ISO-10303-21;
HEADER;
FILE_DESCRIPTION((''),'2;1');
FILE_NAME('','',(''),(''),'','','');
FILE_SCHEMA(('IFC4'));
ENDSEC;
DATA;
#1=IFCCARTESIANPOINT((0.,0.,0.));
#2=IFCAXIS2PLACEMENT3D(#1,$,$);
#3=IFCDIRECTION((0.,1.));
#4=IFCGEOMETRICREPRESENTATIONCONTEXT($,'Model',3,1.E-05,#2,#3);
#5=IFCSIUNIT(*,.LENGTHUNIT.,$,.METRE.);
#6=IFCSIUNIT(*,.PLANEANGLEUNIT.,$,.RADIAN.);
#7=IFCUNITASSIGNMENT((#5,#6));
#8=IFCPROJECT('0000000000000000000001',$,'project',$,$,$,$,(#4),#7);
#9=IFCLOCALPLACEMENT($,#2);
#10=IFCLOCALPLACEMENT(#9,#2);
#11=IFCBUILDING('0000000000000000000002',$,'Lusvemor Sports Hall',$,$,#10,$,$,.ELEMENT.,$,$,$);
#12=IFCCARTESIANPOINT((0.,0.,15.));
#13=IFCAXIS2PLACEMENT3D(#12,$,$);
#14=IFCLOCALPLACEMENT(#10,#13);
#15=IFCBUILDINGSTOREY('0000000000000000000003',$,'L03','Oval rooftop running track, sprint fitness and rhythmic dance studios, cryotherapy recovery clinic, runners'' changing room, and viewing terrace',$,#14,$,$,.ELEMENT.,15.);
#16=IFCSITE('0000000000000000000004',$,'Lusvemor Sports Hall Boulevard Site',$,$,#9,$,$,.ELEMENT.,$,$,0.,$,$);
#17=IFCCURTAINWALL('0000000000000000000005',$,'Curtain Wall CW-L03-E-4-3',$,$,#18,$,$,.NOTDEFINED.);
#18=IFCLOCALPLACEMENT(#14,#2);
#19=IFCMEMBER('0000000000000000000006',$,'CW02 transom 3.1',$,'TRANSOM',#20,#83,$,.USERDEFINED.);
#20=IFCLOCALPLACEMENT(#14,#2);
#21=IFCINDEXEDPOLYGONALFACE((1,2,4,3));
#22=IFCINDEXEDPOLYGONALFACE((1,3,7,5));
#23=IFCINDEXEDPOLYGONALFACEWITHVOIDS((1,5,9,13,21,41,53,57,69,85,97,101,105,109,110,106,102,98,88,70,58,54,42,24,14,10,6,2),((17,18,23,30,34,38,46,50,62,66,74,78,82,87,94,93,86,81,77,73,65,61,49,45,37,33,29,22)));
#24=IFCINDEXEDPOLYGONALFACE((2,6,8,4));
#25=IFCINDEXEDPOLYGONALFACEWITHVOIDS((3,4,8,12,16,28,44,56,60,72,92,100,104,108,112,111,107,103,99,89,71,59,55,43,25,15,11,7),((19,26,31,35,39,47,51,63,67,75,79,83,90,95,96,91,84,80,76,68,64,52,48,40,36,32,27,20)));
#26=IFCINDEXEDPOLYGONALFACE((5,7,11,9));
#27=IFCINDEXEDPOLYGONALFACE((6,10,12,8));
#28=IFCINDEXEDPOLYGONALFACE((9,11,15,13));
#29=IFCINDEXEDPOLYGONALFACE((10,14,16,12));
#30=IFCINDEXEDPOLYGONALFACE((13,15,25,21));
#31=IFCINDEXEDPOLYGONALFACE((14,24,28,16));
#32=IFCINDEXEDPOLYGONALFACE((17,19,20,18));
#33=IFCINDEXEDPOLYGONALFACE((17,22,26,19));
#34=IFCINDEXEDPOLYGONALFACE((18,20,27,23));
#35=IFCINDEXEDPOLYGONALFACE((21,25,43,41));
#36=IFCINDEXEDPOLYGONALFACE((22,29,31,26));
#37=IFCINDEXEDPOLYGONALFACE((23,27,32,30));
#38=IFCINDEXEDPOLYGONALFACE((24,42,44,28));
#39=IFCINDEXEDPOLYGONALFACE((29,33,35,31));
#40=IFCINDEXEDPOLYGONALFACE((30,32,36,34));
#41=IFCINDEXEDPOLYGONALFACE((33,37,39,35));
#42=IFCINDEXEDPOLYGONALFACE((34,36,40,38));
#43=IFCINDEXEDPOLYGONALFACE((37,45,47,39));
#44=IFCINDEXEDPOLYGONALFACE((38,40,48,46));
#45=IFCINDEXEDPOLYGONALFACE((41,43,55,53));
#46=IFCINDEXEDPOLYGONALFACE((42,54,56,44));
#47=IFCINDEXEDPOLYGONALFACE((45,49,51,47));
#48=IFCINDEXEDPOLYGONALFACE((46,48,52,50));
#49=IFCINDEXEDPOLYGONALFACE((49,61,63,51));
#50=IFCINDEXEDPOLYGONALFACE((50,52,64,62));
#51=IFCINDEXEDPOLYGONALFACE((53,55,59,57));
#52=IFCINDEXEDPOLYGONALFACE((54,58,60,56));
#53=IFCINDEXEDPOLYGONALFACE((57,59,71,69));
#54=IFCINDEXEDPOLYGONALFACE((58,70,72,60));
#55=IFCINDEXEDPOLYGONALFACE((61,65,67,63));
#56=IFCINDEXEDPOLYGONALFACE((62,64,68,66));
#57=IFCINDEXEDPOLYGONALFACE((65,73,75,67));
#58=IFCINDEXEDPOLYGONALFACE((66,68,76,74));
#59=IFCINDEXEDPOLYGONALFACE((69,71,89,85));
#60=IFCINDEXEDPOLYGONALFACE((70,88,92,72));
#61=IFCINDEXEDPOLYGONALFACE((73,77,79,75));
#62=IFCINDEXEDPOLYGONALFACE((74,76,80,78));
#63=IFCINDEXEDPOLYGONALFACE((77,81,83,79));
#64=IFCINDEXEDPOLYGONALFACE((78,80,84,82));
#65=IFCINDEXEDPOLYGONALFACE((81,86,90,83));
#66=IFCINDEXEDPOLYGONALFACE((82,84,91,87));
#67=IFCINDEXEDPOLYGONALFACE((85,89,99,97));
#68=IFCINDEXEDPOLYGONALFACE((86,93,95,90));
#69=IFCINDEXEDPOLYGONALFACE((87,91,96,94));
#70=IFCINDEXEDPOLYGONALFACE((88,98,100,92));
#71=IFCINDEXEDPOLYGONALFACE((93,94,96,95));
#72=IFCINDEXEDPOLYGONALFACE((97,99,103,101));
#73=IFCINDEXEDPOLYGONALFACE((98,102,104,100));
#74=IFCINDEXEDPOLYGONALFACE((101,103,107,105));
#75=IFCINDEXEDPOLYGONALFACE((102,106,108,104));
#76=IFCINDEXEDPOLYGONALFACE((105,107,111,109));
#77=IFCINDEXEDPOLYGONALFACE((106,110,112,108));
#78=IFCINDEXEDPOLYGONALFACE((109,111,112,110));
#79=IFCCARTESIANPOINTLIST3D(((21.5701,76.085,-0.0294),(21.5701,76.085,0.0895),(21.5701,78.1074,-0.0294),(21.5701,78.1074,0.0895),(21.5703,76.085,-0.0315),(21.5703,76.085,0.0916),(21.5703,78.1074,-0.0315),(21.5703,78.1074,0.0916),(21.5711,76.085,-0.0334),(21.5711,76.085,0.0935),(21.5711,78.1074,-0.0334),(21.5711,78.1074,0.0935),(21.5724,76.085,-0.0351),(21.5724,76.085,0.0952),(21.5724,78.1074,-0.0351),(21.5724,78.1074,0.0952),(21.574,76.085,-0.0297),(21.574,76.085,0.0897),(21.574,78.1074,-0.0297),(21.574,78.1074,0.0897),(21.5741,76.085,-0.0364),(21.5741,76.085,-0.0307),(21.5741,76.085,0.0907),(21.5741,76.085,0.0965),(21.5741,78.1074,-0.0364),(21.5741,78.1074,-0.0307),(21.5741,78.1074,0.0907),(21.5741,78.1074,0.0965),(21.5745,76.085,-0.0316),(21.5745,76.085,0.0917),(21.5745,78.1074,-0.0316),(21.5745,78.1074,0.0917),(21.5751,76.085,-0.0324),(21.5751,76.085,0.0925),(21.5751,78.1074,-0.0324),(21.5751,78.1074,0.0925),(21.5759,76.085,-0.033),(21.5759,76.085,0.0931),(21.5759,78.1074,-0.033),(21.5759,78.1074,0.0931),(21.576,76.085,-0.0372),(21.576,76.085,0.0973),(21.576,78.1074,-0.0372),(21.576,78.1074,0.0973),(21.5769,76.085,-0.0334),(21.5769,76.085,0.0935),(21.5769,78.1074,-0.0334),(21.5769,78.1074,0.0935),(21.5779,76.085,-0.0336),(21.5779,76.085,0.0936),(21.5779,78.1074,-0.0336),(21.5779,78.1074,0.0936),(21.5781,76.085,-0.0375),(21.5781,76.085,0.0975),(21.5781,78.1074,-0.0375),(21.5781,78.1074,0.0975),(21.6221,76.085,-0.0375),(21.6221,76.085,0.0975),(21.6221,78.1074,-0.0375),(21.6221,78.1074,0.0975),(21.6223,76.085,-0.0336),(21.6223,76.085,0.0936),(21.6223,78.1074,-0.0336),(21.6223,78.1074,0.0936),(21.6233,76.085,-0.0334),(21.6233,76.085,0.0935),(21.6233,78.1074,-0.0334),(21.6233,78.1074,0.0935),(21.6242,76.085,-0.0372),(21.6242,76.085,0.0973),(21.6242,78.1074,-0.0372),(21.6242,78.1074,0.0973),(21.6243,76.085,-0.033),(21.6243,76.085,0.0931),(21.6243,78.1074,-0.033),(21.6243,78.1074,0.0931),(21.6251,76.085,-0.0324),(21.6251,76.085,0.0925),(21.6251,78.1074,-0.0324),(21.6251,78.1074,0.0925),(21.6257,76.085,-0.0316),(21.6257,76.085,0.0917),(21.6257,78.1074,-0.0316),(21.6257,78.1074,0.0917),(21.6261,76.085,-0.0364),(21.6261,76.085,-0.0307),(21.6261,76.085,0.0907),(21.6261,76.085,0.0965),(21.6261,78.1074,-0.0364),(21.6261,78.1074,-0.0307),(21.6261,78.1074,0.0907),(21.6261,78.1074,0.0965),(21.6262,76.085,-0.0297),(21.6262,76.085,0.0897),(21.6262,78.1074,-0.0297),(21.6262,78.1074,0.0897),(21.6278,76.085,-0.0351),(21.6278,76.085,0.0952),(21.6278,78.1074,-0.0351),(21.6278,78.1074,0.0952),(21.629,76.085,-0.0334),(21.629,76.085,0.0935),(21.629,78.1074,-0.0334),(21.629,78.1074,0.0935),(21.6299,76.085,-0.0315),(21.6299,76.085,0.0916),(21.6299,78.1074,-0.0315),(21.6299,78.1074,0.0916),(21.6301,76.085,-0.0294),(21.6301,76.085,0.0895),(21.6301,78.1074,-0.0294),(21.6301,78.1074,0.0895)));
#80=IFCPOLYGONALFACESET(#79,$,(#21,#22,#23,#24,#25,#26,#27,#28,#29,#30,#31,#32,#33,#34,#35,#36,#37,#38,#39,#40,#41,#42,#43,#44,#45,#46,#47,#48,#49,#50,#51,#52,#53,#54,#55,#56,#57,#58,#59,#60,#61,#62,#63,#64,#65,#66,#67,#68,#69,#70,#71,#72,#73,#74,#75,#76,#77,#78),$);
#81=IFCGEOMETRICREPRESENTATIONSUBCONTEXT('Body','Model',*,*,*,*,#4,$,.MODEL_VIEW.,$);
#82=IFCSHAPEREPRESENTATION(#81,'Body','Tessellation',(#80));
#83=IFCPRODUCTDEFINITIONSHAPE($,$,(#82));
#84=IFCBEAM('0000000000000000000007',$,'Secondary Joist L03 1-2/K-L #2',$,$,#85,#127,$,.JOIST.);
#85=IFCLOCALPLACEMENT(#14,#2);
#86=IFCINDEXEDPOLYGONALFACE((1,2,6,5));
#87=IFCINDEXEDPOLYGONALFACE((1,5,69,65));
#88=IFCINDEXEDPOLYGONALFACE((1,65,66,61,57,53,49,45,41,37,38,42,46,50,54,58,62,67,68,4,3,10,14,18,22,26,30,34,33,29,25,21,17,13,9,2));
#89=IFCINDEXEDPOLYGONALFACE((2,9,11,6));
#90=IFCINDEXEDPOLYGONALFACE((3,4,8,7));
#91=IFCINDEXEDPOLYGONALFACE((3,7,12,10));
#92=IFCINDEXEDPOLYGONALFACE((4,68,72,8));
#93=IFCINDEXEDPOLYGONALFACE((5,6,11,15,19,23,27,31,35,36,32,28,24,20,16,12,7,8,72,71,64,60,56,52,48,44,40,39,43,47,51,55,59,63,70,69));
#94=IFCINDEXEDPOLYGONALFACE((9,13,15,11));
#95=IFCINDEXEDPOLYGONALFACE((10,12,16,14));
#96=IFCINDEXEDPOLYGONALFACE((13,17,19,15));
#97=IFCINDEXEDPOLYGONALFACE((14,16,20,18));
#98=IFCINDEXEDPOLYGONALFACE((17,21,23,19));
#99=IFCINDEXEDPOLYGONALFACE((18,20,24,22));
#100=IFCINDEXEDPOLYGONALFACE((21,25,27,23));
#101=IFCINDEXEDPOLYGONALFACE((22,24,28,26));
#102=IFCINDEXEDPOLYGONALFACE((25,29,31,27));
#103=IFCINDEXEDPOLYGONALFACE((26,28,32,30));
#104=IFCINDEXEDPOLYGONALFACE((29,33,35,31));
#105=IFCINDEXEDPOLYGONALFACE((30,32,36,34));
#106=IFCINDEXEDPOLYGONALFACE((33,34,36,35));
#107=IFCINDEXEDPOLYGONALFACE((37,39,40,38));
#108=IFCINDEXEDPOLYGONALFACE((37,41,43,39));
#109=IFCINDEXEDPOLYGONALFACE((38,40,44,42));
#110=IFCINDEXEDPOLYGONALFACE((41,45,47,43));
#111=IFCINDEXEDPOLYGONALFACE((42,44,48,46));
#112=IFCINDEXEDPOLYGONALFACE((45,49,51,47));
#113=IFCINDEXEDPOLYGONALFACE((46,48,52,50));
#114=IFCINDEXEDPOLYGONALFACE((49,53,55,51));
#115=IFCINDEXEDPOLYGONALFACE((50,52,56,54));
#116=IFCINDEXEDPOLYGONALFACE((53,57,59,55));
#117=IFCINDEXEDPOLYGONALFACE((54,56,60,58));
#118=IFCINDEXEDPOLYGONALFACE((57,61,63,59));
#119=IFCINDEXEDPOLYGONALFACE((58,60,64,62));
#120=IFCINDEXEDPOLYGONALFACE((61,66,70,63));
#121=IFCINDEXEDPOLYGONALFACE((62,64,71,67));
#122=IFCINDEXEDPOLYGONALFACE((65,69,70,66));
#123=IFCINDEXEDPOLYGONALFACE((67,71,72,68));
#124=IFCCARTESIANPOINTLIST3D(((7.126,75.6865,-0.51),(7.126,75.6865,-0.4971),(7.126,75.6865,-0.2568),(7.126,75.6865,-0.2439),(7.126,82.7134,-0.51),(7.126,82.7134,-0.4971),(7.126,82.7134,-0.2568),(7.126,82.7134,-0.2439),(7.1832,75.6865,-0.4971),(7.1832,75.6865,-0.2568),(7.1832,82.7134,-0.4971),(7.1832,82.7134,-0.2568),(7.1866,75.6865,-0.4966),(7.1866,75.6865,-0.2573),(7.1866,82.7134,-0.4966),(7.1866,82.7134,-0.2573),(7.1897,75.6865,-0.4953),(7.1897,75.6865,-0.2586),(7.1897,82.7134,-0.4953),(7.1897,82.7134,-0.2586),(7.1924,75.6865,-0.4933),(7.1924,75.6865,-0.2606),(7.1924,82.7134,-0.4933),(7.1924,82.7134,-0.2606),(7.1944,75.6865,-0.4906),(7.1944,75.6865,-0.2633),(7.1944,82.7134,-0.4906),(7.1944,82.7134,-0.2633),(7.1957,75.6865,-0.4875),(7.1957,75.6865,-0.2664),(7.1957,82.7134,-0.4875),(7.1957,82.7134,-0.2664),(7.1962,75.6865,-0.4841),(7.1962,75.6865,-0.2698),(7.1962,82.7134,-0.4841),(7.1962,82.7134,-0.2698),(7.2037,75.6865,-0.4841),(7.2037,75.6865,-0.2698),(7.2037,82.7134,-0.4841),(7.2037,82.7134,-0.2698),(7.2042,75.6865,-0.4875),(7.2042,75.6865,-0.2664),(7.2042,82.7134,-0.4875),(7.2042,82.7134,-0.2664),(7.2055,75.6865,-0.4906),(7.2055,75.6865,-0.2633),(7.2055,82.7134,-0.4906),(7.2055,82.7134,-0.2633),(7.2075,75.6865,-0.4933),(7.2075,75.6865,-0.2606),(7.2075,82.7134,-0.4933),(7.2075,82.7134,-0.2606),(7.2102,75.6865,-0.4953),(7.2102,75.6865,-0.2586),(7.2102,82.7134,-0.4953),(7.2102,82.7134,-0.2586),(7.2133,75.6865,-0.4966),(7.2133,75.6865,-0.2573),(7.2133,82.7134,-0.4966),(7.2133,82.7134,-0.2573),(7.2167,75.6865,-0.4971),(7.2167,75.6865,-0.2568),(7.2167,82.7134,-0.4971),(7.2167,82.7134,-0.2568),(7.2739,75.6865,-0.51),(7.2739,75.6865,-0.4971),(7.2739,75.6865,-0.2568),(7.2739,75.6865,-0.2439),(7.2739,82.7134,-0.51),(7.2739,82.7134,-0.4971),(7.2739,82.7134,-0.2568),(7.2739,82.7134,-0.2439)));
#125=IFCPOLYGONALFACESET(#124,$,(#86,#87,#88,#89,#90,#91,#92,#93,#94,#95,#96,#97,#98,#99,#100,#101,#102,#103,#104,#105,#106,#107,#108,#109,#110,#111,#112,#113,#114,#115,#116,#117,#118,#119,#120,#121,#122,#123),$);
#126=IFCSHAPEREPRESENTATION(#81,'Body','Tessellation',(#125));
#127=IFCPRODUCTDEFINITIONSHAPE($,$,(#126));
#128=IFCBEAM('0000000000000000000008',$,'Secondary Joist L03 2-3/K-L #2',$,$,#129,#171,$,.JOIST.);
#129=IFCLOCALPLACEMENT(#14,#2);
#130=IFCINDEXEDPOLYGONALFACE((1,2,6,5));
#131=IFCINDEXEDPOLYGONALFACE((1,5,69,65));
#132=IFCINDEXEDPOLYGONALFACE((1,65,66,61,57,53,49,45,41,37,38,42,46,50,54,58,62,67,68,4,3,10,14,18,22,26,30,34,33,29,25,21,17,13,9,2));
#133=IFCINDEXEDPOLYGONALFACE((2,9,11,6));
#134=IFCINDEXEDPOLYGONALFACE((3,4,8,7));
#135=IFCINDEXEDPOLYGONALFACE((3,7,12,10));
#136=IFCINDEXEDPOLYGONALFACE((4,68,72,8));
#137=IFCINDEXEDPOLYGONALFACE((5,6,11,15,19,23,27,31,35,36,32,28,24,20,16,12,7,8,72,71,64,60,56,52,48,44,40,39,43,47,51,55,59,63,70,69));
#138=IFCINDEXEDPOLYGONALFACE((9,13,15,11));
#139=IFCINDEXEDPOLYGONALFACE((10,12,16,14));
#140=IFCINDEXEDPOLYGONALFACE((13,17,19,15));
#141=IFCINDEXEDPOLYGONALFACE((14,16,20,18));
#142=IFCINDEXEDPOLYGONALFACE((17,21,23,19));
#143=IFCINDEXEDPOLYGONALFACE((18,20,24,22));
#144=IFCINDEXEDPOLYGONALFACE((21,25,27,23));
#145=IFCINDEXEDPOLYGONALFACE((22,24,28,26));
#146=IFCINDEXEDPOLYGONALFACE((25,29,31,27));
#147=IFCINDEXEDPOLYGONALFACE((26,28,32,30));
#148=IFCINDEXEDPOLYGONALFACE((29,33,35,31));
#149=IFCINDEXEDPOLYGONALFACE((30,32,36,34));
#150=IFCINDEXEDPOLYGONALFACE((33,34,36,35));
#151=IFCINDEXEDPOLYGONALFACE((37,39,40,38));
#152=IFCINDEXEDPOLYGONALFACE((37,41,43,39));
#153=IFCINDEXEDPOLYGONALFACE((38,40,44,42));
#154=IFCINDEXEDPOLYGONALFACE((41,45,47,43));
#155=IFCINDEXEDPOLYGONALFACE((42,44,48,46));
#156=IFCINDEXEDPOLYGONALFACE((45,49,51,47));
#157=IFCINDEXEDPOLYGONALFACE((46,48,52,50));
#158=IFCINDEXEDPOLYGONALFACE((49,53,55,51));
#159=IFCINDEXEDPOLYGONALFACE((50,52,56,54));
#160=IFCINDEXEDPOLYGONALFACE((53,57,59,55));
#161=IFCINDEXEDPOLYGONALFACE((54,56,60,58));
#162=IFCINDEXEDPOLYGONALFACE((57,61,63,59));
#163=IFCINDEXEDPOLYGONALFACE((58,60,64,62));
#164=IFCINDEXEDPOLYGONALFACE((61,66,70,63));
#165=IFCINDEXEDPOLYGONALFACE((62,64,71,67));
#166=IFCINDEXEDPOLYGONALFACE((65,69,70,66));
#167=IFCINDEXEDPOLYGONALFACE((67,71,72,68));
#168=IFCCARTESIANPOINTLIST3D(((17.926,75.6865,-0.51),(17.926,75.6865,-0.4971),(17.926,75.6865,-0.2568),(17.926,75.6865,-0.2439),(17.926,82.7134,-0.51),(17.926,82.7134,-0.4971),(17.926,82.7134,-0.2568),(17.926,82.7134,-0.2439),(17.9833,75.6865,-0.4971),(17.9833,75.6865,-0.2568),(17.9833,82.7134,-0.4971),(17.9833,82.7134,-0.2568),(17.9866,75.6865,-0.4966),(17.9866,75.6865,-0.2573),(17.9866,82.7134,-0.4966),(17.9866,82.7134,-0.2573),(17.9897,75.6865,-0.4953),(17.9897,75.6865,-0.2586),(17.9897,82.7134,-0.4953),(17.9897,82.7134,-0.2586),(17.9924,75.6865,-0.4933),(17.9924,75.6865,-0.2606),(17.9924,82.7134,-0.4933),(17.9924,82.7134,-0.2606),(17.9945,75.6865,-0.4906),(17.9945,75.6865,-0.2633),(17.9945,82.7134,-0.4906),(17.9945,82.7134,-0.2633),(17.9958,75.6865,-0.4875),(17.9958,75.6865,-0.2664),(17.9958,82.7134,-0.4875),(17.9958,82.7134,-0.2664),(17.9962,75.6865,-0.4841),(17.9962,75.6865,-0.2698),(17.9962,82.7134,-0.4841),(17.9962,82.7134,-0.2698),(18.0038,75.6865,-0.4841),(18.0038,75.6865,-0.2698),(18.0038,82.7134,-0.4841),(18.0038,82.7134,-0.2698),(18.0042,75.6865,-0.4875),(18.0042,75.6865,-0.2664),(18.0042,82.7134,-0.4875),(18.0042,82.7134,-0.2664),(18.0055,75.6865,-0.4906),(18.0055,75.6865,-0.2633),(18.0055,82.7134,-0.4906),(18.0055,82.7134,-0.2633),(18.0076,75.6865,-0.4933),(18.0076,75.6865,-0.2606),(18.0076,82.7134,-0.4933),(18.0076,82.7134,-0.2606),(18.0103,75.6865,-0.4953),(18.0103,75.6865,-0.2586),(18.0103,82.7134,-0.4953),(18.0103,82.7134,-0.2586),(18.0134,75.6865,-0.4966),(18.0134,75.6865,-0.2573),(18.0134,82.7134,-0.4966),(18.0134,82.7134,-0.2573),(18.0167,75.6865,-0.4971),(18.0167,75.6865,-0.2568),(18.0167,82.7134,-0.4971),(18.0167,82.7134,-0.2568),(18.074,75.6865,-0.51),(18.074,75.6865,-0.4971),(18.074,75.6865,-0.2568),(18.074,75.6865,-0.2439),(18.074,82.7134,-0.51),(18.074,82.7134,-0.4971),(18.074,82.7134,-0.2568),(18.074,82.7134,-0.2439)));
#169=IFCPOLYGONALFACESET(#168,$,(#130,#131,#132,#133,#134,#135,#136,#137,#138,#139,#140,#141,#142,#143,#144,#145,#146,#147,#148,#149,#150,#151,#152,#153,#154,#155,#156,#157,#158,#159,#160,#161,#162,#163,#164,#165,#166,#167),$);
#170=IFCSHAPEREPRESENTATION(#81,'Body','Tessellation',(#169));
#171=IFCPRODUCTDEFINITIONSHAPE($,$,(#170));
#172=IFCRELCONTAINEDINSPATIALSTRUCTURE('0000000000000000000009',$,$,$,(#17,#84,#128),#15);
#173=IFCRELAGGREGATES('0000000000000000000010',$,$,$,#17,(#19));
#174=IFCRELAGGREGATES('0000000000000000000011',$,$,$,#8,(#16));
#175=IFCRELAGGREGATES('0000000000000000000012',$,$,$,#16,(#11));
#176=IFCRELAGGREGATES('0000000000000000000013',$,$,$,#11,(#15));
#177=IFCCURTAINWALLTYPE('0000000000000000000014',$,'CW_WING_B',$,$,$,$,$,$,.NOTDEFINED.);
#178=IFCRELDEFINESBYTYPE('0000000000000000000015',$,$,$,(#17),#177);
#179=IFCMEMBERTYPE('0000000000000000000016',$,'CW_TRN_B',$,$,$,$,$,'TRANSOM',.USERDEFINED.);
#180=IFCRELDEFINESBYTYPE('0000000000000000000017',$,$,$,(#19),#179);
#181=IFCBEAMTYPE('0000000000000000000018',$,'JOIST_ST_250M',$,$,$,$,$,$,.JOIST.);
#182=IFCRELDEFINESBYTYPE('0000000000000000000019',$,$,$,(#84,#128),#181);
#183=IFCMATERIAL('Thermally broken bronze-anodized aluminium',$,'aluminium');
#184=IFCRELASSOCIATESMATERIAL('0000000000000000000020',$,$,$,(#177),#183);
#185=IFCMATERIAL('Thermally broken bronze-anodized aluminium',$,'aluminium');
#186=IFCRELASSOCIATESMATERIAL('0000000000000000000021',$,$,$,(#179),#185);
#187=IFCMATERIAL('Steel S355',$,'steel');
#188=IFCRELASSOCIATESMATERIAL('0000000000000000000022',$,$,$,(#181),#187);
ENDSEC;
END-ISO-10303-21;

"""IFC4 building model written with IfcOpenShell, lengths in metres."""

from ifc_helpers import new_model, si_unit, direction, frame, origin, origin_2d, place, context, subcontext, project, spatial, hollow_rectangle, i_section, extrude, material, material_profile, profile_set, type_object, element, aggregate, save


model = new_model("IFC4")

# Units and contexts
model_context = context("Model", 3, precision=1e-05, world=origin(), true_north=direction((0.0, 1.0)))
body_context = subcontext(model_context, "Body", "Model", "MODEL_VIEW")
ifc_project = project(units=[si_unit("LENGTHUNIT", "METRE"), si_unit("PLANEANGLEUNIT", "RADIAN")], contexts=[model_context])

# Site, building, storey
site_placement = place(None, origin())
site = spatial("IfcSite", under=ifc_project, at=site_placement, Name="Lusvemor Sports Hall Boulevard Site", CompositionType="ELEMENT", RefElevation=0.0)
building_placement = place(site_placement, origin())
building = spatial("IfcBuilding", under=site, at=building_placement, Name="Lusvemor Sports Hall", CompositionType="ELEMENT")
storey_placement = place(building_placement, frame((0.0, 0.0, 15.0)))
storey = spatial("IfcBuildingStorey", under=building, at=storey_placement, Name="L03", Description="Oval rooftop running track, sprint fitness and rhythmic dance studios, cryotherapy recovery clinic, runners' changing room, and viewing terrace", CompositionType="ELEMENT", Elevation=15.0)

# Curtain wall, member
ifc_material_1 = material(Name="Thermally broken bronze-anodized aluminium", Category="aluminium")
curtain_wall_type = type_object("IfcCurtainWallType", Name="CW_WING_B", PredefinedType="NOTDEFINED", material=ifc_material_1)
curtain_wall_placement = place(storey_placement, origin())
curtain_wall = element("IfcCurtainWall", 1, at=curtain_wall_placement, inside=storey, type_object=curtain_wall_type, Name="Curtain Wall CW-L03-E-4-3", PredefinedType="NOTDEFINED")
ifc_material_2 = material(Name="Thermally broken bronze-anodized aluminium", Category="aluminium")
ifc_material_profile_1 = material_profile(ifc_material_2, hollow_rectangle(XDim=0.0601, YDim=0.135, WallThickness=0.0039, InnerFilletRadius=0.0039, OuterFilletRadius=0.0081, at=origin_2d()), Name="CWTRN135x60x4")
ifc_profile_set_1 = profile_set([ifc_material_profile_1], Name="Thermally broken bronze-anodized aluminium")
member_type_1 = type_object("IfcMemberType", Name="CW_TRN_B", ElementType="TRANSOM", PredefinedType="USERDEFINED", material=ifc_profile_set_1)
member_1_placement = place(storey_placement, frame((21.6001, 78.1074, 0.03), z_axis=(0.0, -1.0, 0.0), x_axis=(1.0, 0.0, 0.0)))
member_1 = element("IfcMember", 2, at=member_1_placement, type_object=member_type_1, Name="CW02 transom 3.1", ObjectType="TRANSOM", PredefinedType="USERDEFINED", context=body_context, shape_type="SweptSolid", body=[
    extrude(hollow_rectangle(XDim=0.0601, YDim=0.135, WallThickness=0.0039, InnerFilletRadius=0.0039, OuterFilletRadius=0.0081, at=origin_2d()), origin(), (0.0, 0.0, 1.0), 2.0225),
])

# Beams
ifc_material_3 = material(Name="Steel S355", Category="steel")
ifc_material_profile_2 = material_profile(ifc_material_3, i_section(OverallWidth=0.1479, OverallDepth=0.2661, WebThickness=0.0076, FlangeThickness=0.0129, FilletRadius=0.0129, at=origin_2d()), Name="W250x44.8")
ifc_profile_set_2 = profile_set([ifc_material_profile_2], Name="Steel S355")
beam_type_1 = type_object("IfcBeamType", Name="JOIST_ST_250M", PredefinedType="JOIST", material=ifc_profile_set_2)
for number, where, z_axis, x_axis, name in (
    (3, (7.2, 75.6865, -0.377), (0.0, 1.0, 0.0), (-1.0, 0.0, 0.0), "Secondary Joist L03 1-2/K-L #2"),
    (4, (18.0, 75.6865, -0.377), (0.0, 1.0, 0.0), (-1.0, 0.0, 0.0), "Secondary Joist L03 2-3/K-L #2"),
):
    element("IfcBeam", number, at=place(storey_placement, frame(where, z_axis=z_axis, x_axis=x_axis)), inside=storey, type_object=beam_type_1, Name=name, PredefinedType="JOIST", context=body_context, shape_type="SweptSolid", body=[
        extrude(i_section(OverallWidth=0.1479, OverallDepth=0.2661, WebThickness=0.0076, FlangeThickness=0.0129, FilletRadius=0.0129, at=origin_2d()), origin(), (0.0, 0.0, 1.0), 7.0269),
    ])

aggregate(curtain_wall, [member_1])

save(model, "model.ifc")
